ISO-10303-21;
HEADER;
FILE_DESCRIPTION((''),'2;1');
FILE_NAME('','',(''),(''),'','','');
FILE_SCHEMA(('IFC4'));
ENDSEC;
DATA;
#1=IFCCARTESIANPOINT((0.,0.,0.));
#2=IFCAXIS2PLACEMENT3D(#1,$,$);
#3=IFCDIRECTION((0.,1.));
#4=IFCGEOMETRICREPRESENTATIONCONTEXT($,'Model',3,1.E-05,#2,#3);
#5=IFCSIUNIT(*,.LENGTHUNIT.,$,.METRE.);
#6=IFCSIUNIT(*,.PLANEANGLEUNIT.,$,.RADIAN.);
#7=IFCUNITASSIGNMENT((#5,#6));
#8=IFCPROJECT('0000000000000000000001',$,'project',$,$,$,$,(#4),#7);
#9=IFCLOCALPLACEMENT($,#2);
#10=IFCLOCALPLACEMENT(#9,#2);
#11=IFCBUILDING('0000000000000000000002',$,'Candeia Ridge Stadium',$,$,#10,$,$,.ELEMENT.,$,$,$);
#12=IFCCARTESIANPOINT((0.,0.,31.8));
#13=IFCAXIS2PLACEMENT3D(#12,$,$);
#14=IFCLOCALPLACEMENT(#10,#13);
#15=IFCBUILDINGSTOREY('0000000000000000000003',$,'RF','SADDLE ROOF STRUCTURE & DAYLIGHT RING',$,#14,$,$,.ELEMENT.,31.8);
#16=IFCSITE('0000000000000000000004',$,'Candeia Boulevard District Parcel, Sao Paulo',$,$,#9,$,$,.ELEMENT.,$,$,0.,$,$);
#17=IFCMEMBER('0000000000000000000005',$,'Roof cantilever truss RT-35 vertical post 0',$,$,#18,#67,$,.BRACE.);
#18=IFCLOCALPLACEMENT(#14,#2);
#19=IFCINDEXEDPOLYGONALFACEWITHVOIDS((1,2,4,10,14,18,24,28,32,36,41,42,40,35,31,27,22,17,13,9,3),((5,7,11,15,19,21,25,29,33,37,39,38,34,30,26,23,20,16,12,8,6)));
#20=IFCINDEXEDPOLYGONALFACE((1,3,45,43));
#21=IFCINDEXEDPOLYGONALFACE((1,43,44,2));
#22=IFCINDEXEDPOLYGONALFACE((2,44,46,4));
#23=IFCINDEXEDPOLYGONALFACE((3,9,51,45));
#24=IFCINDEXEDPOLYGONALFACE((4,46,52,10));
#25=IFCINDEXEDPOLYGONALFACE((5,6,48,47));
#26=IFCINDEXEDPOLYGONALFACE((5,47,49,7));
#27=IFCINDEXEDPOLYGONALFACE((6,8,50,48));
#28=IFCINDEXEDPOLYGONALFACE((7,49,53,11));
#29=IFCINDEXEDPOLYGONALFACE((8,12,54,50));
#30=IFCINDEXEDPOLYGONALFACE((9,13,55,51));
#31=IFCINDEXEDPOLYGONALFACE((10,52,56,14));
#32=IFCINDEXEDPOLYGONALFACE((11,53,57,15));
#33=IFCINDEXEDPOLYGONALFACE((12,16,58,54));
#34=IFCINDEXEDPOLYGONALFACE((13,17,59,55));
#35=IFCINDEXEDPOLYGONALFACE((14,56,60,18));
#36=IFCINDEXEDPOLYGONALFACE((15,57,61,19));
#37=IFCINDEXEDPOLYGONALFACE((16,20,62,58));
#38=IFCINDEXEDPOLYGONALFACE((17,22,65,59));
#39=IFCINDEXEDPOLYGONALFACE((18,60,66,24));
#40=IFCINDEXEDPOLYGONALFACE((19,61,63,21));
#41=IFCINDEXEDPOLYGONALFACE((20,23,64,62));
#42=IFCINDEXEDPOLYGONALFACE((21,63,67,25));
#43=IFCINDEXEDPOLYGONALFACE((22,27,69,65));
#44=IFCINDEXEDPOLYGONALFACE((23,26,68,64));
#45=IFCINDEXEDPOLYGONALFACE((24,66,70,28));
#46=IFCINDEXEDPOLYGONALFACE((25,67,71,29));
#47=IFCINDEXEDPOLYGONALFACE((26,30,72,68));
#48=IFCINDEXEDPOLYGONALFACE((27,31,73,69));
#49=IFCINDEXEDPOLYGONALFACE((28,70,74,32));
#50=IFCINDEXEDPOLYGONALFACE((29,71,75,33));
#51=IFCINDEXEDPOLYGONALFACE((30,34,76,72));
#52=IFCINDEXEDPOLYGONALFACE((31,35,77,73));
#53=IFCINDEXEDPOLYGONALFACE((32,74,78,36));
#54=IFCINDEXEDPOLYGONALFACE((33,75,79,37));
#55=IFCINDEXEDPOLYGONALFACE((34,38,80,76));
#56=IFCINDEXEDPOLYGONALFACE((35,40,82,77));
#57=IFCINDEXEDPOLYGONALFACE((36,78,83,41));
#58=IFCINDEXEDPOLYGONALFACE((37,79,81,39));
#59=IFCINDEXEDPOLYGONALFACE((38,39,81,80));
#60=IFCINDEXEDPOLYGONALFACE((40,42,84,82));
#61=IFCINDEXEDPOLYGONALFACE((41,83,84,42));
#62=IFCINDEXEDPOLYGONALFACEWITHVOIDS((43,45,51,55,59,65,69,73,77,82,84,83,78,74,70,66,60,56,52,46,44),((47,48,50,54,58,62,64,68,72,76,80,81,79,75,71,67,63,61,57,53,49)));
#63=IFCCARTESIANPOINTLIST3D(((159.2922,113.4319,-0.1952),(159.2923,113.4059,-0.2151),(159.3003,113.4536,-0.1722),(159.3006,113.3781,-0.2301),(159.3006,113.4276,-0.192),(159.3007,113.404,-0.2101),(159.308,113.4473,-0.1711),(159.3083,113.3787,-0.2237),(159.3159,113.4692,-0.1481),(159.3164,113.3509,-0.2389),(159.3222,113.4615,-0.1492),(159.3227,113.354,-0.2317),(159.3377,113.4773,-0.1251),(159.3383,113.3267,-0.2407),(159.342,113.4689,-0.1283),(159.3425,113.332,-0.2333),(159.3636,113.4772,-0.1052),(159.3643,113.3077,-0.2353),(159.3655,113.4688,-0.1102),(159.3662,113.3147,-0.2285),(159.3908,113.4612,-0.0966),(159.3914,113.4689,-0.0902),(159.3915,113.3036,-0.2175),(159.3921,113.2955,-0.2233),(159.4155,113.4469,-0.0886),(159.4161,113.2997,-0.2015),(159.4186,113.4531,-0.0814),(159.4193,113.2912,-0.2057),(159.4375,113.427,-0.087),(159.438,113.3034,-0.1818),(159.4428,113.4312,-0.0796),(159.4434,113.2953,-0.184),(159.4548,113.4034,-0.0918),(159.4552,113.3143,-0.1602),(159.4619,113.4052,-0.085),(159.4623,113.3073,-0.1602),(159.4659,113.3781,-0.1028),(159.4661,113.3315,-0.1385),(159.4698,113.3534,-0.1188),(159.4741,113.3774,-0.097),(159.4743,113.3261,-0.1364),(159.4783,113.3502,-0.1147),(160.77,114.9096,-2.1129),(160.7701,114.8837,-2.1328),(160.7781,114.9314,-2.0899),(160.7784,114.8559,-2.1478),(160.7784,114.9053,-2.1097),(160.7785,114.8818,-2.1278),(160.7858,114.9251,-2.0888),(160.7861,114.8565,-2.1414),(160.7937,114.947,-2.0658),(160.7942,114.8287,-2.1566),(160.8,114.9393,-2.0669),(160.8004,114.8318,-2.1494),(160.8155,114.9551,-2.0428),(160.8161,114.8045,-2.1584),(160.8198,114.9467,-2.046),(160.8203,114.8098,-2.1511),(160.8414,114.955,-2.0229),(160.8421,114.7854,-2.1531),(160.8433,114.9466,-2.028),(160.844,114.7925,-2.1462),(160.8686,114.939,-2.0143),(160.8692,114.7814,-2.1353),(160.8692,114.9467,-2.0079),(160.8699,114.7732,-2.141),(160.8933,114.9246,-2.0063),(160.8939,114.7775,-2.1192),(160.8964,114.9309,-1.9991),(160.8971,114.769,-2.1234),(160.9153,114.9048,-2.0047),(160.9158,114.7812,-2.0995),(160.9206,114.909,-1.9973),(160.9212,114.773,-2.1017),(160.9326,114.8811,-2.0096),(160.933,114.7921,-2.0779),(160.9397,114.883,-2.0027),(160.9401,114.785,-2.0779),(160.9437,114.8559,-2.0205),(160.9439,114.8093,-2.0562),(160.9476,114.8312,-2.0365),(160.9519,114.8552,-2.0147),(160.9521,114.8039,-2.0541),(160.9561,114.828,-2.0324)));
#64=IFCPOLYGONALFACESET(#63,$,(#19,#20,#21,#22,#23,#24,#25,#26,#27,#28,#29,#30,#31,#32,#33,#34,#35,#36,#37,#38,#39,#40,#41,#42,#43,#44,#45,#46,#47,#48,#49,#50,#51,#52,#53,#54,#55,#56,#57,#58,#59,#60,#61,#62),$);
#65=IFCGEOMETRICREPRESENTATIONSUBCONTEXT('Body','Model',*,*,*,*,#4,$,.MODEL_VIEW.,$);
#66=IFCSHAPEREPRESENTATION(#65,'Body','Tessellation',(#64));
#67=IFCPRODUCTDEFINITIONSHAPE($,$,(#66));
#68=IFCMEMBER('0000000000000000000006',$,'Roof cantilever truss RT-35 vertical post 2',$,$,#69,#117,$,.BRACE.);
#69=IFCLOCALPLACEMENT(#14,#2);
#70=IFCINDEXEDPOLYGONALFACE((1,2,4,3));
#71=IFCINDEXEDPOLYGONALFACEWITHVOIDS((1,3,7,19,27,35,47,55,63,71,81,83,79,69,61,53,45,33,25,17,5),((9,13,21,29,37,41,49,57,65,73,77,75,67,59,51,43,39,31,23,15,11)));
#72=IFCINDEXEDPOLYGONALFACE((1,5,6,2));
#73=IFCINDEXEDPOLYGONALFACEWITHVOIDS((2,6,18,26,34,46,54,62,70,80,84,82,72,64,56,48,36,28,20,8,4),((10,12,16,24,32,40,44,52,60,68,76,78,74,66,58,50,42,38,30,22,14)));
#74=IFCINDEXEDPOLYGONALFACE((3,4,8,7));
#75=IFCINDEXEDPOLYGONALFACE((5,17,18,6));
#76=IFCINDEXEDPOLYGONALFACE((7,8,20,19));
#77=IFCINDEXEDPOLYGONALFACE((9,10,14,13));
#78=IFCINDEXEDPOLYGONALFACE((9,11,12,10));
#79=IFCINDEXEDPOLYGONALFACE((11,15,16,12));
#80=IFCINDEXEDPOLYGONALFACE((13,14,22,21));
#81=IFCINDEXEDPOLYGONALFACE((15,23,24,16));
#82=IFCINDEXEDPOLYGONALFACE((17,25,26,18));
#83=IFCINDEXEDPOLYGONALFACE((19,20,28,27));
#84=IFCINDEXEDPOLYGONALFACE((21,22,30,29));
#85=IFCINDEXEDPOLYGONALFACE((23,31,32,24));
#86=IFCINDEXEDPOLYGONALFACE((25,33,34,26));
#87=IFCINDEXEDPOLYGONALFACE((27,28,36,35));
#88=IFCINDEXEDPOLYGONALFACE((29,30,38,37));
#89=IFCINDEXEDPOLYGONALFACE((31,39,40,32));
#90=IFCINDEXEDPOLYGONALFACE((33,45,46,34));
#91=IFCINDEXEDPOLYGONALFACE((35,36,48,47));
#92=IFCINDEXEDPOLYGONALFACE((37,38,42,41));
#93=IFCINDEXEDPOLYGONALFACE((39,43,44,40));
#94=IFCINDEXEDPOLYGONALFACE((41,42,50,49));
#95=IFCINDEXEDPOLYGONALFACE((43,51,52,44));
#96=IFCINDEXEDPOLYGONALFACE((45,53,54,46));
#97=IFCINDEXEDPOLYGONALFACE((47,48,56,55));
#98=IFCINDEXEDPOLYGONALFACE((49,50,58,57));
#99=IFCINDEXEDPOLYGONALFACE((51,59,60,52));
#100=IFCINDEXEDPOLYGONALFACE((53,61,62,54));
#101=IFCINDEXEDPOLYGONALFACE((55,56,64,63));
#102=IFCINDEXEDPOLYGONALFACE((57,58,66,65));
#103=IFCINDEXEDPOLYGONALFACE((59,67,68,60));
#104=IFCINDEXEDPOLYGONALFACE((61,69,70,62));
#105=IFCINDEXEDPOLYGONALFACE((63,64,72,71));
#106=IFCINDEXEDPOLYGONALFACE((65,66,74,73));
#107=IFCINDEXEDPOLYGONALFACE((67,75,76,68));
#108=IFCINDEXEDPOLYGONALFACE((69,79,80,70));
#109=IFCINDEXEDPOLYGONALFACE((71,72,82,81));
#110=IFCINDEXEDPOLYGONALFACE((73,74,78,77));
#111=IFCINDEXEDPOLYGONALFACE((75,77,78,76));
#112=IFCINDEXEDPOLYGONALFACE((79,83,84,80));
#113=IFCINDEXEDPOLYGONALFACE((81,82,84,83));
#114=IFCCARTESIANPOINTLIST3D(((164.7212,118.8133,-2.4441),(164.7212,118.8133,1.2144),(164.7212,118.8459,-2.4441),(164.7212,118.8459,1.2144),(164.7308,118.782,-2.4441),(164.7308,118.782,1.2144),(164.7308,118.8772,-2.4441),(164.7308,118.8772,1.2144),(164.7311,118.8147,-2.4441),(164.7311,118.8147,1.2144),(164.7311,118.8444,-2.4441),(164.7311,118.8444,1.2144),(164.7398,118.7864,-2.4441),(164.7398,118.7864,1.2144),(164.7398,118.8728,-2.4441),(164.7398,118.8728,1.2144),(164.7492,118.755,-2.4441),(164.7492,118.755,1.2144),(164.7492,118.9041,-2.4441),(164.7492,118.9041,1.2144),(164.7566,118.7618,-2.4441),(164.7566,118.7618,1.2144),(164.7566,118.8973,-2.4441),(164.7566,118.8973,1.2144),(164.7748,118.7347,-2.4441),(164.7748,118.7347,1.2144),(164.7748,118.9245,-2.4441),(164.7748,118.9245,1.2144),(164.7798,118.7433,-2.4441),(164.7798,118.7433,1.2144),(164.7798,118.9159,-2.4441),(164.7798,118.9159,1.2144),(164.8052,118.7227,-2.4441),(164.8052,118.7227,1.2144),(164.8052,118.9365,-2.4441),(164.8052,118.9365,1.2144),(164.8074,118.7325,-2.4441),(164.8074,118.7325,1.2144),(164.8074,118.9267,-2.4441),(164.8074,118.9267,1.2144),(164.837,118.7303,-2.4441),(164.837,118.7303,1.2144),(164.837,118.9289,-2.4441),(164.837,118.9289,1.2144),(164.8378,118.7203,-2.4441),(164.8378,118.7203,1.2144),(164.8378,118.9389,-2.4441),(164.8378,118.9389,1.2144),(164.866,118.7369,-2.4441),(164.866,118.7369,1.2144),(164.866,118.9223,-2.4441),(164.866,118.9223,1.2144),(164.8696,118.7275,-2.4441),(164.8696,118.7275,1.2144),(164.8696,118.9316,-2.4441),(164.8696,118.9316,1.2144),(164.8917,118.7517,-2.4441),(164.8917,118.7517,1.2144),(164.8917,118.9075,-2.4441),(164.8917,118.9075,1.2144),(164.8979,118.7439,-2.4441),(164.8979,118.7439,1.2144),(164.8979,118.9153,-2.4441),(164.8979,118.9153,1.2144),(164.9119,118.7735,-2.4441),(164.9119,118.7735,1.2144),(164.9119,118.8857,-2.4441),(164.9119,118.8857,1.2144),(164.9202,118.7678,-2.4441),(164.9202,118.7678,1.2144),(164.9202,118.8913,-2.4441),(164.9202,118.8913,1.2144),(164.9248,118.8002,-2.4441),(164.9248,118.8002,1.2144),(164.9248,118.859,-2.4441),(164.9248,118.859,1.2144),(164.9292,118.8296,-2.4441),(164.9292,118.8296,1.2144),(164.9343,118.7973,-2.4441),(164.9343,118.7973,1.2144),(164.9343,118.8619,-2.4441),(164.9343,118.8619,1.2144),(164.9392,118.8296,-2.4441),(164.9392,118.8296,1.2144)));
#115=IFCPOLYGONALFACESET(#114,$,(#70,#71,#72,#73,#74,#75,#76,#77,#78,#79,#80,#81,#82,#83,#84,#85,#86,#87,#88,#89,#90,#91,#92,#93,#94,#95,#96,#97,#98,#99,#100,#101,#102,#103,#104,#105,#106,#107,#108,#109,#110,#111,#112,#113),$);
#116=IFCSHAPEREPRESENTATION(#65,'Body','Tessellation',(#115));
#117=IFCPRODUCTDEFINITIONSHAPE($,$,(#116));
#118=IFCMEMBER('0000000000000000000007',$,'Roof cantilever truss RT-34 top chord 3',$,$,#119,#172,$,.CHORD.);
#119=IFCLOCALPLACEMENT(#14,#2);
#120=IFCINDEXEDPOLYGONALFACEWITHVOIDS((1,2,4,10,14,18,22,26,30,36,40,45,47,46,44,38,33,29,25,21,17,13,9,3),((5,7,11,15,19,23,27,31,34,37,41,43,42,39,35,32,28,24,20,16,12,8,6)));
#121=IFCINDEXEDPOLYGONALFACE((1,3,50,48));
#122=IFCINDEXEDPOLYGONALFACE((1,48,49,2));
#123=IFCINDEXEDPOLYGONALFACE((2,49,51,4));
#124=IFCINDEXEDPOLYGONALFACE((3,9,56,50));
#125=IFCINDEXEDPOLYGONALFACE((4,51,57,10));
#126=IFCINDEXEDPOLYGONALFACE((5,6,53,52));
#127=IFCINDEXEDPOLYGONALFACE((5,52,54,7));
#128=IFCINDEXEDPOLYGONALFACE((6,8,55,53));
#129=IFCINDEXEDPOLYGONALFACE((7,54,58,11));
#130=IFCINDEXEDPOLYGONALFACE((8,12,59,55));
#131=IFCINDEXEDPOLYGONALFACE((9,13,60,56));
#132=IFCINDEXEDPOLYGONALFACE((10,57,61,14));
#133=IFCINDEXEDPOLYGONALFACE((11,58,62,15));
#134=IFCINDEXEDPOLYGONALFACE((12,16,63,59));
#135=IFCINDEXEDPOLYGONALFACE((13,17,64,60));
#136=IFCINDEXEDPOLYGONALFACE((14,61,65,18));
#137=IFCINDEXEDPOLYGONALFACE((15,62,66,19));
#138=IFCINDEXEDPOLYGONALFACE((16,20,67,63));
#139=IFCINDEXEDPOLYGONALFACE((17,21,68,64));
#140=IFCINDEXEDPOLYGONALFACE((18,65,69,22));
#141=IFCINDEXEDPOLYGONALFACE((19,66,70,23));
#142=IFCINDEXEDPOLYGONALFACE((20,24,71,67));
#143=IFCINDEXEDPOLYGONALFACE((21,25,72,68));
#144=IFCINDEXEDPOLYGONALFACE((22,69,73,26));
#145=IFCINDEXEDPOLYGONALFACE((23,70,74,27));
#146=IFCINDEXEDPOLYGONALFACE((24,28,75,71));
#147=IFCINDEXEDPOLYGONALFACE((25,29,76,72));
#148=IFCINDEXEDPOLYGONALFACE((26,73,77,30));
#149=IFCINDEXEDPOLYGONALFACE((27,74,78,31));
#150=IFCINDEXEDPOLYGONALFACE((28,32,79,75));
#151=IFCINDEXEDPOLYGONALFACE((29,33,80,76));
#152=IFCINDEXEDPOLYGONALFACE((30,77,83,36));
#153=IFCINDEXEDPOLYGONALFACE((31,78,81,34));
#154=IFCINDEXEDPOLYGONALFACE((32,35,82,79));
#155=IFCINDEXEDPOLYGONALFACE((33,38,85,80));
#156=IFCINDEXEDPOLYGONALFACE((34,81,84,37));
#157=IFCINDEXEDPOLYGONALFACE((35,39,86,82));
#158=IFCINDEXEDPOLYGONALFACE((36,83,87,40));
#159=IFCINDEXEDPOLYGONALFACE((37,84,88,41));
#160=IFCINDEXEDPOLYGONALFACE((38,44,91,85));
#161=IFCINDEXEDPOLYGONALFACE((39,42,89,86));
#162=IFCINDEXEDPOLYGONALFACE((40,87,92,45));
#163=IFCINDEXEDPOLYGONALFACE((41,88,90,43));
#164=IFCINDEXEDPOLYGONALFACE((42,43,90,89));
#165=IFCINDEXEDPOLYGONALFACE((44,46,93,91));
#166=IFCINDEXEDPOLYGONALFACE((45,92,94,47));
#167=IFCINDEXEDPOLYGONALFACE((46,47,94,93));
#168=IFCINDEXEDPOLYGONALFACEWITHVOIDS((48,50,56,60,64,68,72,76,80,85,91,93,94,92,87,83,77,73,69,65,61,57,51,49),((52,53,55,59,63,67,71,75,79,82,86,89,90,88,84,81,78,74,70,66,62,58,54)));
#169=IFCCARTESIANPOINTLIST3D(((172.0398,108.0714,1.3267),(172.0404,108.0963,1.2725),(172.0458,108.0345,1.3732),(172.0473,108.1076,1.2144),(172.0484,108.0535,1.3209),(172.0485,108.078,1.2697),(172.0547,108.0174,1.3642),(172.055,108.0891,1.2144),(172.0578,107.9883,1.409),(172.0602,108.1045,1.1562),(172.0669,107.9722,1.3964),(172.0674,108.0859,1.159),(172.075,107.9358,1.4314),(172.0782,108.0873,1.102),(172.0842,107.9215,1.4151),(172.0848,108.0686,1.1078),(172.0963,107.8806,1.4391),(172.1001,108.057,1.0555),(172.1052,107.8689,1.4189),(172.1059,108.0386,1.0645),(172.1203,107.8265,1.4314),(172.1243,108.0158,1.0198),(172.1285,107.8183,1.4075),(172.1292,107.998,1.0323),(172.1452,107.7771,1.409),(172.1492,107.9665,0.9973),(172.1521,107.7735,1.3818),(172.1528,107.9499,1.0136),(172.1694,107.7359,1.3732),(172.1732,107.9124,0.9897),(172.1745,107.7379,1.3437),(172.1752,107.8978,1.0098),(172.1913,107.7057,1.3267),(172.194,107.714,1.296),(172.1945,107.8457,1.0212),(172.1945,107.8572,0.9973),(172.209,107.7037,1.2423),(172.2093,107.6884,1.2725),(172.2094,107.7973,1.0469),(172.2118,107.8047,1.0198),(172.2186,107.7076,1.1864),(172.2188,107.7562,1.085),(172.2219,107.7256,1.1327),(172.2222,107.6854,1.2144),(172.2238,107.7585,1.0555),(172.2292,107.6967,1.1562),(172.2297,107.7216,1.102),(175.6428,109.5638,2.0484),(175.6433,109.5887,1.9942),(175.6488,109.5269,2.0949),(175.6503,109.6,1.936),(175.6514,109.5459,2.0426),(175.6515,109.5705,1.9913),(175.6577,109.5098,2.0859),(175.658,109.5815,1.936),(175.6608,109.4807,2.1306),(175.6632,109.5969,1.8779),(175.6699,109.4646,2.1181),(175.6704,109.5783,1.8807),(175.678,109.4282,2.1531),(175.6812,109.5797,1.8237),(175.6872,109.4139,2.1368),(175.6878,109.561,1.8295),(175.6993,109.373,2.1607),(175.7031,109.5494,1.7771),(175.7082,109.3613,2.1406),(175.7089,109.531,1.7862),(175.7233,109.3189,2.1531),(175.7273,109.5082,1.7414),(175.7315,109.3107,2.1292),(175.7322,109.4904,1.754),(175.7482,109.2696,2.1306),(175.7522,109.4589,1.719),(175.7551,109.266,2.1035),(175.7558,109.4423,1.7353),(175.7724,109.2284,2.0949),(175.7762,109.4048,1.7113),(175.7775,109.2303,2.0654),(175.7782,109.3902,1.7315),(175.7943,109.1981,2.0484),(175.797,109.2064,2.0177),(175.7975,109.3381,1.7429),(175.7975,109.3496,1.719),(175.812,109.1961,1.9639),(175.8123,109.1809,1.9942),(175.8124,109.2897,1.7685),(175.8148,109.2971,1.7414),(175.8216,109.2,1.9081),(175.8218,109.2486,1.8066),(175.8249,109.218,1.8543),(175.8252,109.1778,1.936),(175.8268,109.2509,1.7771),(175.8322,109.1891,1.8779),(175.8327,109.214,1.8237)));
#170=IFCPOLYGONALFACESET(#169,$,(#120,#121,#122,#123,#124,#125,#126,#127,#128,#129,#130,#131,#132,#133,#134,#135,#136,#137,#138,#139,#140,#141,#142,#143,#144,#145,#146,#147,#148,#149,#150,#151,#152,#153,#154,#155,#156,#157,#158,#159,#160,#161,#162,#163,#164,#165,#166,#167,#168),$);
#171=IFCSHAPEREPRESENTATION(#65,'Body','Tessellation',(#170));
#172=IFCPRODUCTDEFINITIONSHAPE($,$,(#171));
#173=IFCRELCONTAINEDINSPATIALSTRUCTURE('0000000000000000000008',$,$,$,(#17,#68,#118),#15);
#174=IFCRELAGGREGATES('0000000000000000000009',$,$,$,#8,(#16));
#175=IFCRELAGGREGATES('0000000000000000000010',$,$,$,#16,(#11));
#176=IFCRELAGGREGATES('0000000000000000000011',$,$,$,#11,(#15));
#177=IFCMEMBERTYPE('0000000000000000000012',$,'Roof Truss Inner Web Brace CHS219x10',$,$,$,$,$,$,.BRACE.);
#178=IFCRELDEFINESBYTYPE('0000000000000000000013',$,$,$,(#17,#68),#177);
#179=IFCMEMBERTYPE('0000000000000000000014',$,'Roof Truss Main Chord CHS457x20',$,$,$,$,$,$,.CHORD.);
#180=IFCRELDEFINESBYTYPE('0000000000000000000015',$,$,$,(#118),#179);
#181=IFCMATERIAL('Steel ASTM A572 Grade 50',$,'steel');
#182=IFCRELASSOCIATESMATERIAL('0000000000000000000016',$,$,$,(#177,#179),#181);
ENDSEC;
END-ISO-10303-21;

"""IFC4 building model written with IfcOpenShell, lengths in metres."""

from ifc_helpers import new_model, si_unit, direction, frame, origin, origin_2d, place, context, subcontext, project, spatial, hollow_circle, extrude, material, material_profile, profile_set, type_object, element, save


model = new_model("IFC4")

# Units and contexts
model_context = context("Model", 3, precision=1e-05, world=origin(), true_north=direction((0.0, 1.0)))
body_context = subcontext(model_context, "Body", "Model", "MODEL_VIEW")
ifc_project = project(units=[si_unit("LENGTHUNIT", "METRE"), si_unit("PLANEANGLEUNIT", "RADIAN")], contexts=[model_context])

# Site, building, storey
site_placement = place(None, origin())
site = spatial("IfcSite", under=ifc_project, at=site_placement, Name="Candeia Boulevard District Parcel, Sao Paulo", CompositionType="ELEMENT", RefElevation=0.0)
building_placement = place(site_placement, origin())
building = spatial("IfcBuilding", under=site, at=building_placement, Name="Candeia Ridge Stadium", CompositionType="ELEMENT")
storey_placement = place(building_placement, frame((0.0, 0.0, 31.8)))
storey = spatial("IfcBuildingStorey", under=building, at=storey_placement, Name="RF", Description="SADDLE ROOF STRUCTURE & DAYLIGHT RING", CompositionType="ELEMENT", Elevation=31.8)

# Shared definitions
ifc_material_1 = material(Name="Steel ASTM A572 Grade 50", Category="steel")

# Members
ifc_material_profile_1 = material_profile(ifc_material_1, hollow_circle(Radius=0.1096, WallThickness=0.01, at=origin_2d()), Name="CHS219x10", Category="steel")
ifc_profile_set_1 = profile_set([ifc_material_profile_1], Name="Steel ASTM A572 Grade 50")
member_type_1 = type_object("IfcMemberType", Name="Roof Truss Inner Web Brace CHS219x10", PredefinedType="BRACE", material=ifc_profile_set_1)
member_1_placement = place(storey_placement, frame((160.8625, 114.8625, -2.0779), z_axis=(-0.521001, -0.521001, 0.676104), x_axis=(0.707107, -0.707107, 0.0)))
element("IfcMember", 1, at=member_1_placement, inside=storey, type_object=member_type_1, Name="Roof cantilever truss RT-35 vertical post 0", PredefinedType="BRACE", context=body_context, shape_type="SweptSolid", body=[
    extrude(hollow_circle(Radius=0.1096, WallThickness=0.01, at=origin_2d()), origin(), (0.0, 0.0, 1.0), 2.8364),
])
member_2_placement = place(storey_placement, frame((164.8296, 118.8296, -2.4441), z_axis=(0.0, 0.0, 1.0), x_axis=(1.0, 0.0, 0.0)))
element("IfcMember", 2, at=member_2_placement, inside=storey, type_object=member_type_1, Name="Roof cantilever truss RT-35 vertical post 2", PredefinedType="BRACE", context=body_context, shape_type="SweptSolid", body=[
    extrude(hollow_circle(Radius=0.1096, WallThickness=0.01, at=origin_2d()), origin(), (0.0, 0.0, 1.0), 3.6584),
])
ifc_material_profile_2 = material_profile(ifc_material_1, hollow_circle(Radius=0.2285, WallThickness=0.02, at=origin_2d()), Name="CHS457x20", Category="steel")
ifc_profile_set_2 = profile_set([ifc_material_profile_2], Name="Steel ASTM A572 Grade 50")
member_type_2 = type_object("IfcMemberType", Name="Roof Truss Main Chord CHS457x20", PredefinedType="CHORD", material=ifc_profile_set_2)
member_3_placement = place(storey_placement, frame((172.1348, 107.8965, 1.2144), z_axis=(0.908455, 0.376297, 0.181962), x_axis=(-0.382685, 0.923879, 0.0)))
element("IfcMember", 3, at=member_3_placement, inside=storey, type_object=member_type_2, Name="Roof cantilever truss RT-34 top chord 3", PredefinedType="CHORD", context=body_context, shape_type="SweptSolid", body=[
    extrude(hollow_circle(Radius=0.2285, WallThickness=0.02, at=origin_2d()), origin(), (0.0, 0.0, 1.0), 3.9661),
])

save(model, "model.ifc")
